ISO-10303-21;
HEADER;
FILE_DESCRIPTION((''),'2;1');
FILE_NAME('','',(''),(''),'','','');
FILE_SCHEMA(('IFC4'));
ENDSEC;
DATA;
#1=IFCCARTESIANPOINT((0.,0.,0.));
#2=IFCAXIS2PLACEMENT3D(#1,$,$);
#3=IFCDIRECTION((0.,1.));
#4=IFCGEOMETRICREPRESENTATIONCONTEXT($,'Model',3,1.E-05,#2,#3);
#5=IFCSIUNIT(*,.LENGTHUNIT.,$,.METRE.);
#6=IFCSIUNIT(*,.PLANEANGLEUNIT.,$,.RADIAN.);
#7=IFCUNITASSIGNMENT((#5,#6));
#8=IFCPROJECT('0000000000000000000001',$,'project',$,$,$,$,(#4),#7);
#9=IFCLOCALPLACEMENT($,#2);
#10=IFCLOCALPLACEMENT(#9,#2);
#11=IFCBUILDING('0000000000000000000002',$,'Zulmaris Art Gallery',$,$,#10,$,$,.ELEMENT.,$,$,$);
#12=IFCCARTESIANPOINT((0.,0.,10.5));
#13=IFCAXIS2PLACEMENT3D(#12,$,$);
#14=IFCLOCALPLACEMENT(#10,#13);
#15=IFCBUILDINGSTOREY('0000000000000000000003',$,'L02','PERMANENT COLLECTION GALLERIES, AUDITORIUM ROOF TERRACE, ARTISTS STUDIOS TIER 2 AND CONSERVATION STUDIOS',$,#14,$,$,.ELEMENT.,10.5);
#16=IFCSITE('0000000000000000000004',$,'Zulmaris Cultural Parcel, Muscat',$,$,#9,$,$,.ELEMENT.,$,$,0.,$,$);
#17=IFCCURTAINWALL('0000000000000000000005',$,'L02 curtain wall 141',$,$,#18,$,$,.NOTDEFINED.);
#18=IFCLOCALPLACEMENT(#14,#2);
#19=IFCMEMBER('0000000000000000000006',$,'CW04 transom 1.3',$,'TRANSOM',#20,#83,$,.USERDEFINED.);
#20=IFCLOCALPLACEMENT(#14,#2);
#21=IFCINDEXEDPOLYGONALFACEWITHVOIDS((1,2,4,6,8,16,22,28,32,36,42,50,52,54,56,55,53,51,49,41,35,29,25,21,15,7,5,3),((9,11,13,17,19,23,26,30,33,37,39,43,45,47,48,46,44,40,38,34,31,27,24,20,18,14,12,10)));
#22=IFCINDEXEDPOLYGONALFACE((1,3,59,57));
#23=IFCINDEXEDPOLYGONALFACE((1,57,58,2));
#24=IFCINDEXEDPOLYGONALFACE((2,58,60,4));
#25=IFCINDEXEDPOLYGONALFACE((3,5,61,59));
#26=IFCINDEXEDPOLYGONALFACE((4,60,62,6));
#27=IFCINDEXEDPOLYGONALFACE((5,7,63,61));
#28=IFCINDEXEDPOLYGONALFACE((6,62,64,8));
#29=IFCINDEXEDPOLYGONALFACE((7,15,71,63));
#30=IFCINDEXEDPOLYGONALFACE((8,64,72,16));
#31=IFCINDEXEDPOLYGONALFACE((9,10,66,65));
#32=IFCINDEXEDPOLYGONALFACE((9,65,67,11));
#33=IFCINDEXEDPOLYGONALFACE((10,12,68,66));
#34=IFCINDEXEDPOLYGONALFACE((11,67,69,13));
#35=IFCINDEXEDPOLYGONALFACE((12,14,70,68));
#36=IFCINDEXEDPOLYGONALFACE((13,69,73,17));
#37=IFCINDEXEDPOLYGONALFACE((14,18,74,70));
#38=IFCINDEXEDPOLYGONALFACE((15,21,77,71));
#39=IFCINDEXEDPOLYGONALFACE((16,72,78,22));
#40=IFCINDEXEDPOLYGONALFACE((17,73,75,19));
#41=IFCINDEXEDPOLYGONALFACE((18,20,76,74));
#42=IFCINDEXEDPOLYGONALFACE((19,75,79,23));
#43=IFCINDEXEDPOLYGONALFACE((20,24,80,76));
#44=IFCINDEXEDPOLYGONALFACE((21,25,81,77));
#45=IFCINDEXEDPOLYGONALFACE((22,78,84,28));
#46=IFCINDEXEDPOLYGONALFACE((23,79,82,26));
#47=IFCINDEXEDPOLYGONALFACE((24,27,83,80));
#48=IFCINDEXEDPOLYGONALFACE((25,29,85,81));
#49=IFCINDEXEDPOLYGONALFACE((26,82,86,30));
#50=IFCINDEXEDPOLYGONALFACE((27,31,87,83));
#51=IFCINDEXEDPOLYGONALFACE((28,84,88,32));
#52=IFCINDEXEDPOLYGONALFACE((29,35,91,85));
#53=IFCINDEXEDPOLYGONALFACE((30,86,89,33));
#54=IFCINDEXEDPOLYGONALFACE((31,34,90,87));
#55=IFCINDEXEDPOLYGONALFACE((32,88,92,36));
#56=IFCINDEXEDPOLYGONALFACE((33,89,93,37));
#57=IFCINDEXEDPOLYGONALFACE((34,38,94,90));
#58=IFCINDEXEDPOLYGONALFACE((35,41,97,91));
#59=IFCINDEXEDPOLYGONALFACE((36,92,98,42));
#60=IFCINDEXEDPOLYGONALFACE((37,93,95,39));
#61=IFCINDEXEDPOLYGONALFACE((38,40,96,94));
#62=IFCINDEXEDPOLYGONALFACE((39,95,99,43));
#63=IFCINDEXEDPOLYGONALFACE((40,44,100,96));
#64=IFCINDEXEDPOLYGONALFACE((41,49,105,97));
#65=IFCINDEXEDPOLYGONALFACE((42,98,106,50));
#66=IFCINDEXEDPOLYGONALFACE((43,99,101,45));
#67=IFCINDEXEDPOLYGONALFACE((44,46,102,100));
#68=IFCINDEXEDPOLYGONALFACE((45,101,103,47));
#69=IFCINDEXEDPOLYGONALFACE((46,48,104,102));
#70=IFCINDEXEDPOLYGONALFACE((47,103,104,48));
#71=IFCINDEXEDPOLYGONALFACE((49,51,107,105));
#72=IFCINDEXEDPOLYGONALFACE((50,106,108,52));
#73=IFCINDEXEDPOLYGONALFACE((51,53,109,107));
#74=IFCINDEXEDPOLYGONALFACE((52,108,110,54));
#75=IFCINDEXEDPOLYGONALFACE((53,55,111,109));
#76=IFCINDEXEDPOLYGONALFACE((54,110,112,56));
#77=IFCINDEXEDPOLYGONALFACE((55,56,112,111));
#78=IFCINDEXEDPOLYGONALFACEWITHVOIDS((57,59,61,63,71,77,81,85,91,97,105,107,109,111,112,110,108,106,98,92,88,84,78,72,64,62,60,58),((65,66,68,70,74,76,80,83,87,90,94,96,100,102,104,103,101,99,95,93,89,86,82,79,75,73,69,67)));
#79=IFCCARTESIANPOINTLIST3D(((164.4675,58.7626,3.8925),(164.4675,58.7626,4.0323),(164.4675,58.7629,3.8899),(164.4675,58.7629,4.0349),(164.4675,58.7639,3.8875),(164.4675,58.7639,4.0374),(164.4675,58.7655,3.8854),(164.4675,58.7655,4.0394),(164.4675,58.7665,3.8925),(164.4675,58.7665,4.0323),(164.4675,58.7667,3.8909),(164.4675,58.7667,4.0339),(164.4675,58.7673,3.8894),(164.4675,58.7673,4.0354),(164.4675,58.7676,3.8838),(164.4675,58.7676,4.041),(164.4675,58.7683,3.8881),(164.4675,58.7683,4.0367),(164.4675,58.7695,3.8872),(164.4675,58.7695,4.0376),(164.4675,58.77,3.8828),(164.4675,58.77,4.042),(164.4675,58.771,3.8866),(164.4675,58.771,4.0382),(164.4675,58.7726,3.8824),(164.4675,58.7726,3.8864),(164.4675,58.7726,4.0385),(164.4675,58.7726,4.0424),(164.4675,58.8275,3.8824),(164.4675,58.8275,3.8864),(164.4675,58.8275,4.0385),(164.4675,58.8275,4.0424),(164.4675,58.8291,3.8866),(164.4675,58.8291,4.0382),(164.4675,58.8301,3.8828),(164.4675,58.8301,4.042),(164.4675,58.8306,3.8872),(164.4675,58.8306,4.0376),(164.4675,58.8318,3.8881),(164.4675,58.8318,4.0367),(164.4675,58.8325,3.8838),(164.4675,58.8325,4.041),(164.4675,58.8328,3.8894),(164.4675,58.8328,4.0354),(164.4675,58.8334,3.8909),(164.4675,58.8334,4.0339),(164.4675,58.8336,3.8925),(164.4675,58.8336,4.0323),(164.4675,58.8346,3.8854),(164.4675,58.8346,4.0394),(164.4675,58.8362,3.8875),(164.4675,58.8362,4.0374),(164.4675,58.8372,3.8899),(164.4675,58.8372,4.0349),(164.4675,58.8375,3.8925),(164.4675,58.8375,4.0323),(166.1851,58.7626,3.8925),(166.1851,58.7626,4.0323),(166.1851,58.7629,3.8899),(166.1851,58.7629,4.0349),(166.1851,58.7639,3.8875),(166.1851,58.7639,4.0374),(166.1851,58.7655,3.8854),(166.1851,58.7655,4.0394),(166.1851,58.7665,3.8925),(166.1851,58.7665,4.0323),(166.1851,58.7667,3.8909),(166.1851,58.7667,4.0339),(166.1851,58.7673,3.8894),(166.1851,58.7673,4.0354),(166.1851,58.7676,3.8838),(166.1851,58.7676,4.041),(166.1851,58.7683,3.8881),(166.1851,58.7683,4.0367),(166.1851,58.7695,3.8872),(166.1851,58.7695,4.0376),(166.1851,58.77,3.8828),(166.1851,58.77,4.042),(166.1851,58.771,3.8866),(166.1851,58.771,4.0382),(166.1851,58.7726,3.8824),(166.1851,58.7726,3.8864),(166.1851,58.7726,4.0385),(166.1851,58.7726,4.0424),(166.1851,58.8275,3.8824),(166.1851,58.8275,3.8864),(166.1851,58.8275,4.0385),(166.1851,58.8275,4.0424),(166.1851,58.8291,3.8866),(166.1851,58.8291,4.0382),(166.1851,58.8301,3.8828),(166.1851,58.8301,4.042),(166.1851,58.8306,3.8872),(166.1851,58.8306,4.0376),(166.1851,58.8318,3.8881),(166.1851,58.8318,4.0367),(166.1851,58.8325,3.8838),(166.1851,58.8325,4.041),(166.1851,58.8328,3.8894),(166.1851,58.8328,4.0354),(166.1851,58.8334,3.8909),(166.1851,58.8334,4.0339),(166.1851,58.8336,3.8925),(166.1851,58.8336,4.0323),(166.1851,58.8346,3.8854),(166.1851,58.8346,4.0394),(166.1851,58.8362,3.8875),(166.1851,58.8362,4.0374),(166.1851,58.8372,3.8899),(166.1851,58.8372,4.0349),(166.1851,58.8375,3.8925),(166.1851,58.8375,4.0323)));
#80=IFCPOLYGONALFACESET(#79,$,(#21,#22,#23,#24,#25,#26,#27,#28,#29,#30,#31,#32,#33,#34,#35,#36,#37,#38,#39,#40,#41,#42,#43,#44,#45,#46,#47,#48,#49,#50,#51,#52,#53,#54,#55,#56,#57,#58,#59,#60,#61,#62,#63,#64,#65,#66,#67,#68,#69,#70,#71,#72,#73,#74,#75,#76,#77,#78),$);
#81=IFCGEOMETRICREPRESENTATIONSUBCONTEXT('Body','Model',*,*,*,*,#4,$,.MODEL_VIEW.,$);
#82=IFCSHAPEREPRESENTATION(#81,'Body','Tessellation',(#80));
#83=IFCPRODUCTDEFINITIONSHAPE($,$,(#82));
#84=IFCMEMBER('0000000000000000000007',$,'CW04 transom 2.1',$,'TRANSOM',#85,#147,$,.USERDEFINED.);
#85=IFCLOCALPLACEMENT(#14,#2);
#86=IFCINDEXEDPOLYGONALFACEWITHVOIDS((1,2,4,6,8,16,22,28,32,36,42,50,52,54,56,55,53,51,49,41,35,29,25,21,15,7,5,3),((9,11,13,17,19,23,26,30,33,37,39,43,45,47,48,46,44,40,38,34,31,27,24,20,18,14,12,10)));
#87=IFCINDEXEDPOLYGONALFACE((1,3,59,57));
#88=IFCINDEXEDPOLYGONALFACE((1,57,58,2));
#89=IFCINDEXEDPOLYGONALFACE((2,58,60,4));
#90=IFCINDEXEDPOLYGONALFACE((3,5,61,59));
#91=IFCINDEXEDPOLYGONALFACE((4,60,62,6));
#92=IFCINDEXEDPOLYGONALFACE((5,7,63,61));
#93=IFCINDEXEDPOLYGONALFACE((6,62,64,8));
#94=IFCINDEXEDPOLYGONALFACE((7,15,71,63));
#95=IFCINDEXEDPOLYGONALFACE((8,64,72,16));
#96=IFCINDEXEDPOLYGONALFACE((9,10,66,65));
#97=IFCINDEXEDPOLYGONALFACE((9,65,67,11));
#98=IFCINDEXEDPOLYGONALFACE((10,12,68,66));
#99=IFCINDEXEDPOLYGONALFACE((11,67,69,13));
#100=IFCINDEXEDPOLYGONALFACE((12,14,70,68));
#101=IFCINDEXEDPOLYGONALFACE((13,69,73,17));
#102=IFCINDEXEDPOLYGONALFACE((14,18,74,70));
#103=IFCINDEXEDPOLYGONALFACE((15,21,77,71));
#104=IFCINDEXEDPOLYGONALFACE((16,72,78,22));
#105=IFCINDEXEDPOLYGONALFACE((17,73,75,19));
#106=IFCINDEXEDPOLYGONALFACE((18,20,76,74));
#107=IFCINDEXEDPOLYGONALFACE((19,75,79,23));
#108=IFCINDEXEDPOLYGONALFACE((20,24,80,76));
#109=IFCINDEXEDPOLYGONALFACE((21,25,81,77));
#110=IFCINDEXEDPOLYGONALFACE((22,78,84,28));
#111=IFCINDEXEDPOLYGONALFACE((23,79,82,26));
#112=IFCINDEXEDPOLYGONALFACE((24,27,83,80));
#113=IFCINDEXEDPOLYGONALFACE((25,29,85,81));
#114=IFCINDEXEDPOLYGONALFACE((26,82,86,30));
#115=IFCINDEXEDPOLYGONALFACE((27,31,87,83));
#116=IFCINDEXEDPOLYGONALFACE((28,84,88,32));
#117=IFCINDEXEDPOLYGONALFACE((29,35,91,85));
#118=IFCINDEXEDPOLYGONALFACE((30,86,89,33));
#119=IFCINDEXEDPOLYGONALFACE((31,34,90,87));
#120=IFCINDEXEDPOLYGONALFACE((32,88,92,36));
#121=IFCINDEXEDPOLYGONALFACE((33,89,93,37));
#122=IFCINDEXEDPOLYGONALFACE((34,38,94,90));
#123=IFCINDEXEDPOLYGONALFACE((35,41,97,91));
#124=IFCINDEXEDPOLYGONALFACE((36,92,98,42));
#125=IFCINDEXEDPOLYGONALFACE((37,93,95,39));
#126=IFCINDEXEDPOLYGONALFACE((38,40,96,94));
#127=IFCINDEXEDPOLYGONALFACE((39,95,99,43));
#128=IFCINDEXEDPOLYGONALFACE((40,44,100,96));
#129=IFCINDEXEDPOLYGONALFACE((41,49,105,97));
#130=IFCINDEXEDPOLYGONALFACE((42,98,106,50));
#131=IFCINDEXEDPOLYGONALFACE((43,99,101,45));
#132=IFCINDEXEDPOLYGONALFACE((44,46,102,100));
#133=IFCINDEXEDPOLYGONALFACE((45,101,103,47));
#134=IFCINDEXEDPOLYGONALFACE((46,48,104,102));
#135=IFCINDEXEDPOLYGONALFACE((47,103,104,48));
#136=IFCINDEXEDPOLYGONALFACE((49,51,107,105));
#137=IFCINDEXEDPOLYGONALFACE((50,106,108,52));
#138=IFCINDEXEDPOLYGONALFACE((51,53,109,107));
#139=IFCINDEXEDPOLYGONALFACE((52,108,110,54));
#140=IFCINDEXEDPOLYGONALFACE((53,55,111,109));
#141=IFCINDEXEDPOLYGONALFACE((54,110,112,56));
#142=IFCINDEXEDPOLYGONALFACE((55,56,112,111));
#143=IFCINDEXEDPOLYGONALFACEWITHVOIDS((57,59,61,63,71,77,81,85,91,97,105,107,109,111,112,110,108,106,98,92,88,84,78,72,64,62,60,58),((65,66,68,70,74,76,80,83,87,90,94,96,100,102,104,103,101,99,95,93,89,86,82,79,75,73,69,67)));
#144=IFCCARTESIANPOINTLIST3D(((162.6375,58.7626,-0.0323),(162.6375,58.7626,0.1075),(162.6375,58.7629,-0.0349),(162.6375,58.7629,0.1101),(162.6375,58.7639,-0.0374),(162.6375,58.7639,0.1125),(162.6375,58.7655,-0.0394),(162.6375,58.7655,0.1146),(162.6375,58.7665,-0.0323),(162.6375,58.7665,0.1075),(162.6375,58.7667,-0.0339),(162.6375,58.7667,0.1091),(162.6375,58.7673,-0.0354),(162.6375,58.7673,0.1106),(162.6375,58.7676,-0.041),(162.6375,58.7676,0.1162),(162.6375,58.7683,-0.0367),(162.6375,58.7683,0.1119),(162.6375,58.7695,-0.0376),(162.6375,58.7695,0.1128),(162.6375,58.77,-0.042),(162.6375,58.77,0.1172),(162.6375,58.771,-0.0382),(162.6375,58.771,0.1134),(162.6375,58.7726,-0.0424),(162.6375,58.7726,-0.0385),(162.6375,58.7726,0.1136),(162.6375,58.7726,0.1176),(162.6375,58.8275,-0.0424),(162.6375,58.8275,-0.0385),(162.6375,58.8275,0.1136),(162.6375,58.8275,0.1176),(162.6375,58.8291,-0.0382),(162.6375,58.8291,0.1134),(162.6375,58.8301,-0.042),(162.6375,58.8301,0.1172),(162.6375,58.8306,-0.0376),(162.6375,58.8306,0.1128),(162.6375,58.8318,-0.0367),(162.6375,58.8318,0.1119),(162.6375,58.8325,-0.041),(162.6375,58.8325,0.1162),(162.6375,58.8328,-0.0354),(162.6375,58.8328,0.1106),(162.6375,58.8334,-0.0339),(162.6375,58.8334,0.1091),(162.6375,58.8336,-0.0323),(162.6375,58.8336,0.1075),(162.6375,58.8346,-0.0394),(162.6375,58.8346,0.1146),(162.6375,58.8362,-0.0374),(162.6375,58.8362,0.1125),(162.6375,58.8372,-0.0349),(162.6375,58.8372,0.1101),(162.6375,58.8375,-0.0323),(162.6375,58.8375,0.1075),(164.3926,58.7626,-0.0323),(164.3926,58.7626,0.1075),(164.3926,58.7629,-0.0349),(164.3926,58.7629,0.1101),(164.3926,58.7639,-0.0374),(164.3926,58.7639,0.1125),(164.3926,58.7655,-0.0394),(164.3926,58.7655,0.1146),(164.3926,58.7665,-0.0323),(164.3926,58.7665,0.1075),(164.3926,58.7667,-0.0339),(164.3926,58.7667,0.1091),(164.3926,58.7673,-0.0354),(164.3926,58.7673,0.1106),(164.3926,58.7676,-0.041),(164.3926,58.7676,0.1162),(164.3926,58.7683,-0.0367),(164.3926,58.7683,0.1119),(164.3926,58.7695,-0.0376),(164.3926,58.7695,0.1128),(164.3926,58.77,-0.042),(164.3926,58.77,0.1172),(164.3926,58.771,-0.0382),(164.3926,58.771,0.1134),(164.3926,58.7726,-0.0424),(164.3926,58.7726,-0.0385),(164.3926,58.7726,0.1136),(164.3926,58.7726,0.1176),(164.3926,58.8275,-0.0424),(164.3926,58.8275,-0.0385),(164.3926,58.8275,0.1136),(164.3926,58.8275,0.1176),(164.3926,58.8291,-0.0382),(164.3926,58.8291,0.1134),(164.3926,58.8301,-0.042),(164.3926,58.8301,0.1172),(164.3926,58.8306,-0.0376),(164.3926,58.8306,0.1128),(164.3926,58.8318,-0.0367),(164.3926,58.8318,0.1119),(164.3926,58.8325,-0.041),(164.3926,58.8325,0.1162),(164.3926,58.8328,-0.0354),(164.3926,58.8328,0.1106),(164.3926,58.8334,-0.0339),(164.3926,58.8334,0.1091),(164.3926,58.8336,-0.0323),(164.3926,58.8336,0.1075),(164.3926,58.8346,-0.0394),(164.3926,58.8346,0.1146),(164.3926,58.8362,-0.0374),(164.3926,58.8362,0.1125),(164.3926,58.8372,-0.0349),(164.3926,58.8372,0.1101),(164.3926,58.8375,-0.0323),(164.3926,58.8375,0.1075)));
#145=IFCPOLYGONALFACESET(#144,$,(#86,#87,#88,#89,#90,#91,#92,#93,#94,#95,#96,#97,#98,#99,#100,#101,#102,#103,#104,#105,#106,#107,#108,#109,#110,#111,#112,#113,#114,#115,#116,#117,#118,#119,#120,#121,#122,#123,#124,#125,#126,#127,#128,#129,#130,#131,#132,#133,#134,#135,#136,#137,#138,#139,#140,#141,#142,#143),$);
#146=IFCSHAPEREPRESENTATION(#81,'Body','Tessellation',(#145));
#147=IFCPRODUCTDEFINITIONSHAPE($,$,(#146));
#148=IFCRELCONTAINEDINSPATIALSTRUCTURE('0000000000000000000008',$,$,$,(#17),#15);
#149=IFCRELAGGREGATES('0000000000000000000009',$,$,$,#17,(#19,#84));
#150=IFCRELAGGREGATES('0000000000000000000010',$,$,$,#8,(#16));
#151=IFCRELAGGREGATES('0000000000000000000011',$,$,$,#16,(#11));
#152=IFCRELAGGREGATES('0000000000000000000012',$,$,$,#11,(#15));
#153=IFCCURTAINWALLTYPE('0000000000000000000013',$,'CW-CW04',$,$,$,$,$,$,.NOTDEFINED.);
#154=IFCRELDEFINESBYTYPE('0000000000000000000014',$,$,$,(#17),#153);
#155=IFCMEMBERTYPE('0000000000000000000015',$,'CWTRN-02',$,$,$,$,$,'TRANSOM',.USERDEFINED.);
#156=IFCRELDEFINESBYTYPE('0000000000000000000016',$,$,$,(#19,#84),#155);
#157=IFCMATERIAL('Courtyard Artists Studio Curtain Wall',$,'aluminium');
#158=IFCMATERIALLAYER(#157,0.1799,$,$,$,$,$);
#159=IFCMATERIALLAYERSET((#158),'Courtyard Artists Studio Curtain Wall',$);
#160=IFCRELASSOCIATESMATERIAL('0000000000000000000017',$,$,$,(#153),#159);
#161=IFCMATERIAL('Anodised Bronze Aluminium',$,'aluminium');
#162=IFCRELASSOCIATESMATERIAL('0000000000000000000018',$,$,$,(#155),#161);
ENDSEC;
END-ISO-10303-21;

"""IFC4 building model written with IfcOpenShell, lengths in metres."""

from ifc_helpers import new_model, si_unit, direction, frame, origin, origin_2d, place, context, subcontext, project, spatial, hollow_rectangle, extrude, material, layer, layer_set, material_profile, profile_set, type_object, element, aggregate, save


model = new_model("IFC4")

# Units and contexts
model_context = context("Model", 3, precision=1e-05, world=origin(), true_north=direction((0.0, 1.0)))
body_context = subcontext(model_context, "Body", "Model", "MODEL_VIEW")
ifc_project = project(units=[si_unit("LENGTHUNIT", "METRE"), si_unit("PLANEANGLEUNIT", "RADIAN")], contexts=[model_context])

# Site, building, storey
site_placement = place(None, origin())
site = spatial("IfcSite", under=ifc_project, at=site_placement, Name="Zulmaris Cultural Parcel, Muscat", CompositionType="ELEMENT", RefElevation=0.0)
building_placement = place(site_placement, origin())
building = spatial("IfcBuilding", under=site, at=building_placement, Name="Zulmaris Art Gallery", CompositionType="ELEMENT")
storey_placement = place(building_placement, frame((0.0, 0.0, 10.5)))
storey = spatial("IfcBuildingStorey", under=building, at=storey_placement, Name="L02", Description="PERMANENT COLLECTION GALLERIES, AUDITORIUM ROOF TERRACE, ARTISTS STUDIOS TIER 2 AND CONSERVATION STUDIOS", CompositionType="ELEMENT", Elevation=10.5)

# Shared definitions
ifc_material_1 = material(Name="Courtyard Artists Studio Curtain Wall", Category="aluminium")
ifc_layer_1 = layer(ifc_material_1, 0.1799)
ifc_layer_set_1 = layer_set([ifc_layer_1], Name="Courtyard Artists Studio Curtain Wall")
curtain_wall_type = type_object("IfcCurtainWallType", Name="CW-CW04", PredefinedType="NOTDEFINED", material=ifc_layer_set_1)
ifc_material_2 = material(Name="Anodised Bronze Aluminium", Category="aluminium")

# Curtain wall
curtain_wall_1_placement = place(storey_placement, origin())
curtain_wall_1 = element("IfcCurtainWall", 1, at=curtain_wall_1_placement, inside=storey, type_object=curtain_wall_type, Name="L02 curtain wall 141", PredefinedType="NOTDEFINED")

# Members
ifc_material_profile_1 = material_profile(ifc_material_2, hollow_rectangle(XDim=0.075, YDim=0.1599, WallThickness=0.0039, InnerFilletRadius=0.0061, OuterFilletRadius=0.01, at=origin_2d()), Name="ALU 75x160x4")
ifc_profile_set_1 = profile_set([ifc_material_profile_1], Name="Anodised Bronze Aluminium")
member_type_1 = type_object("IfcMemberType", Name="CWTRN-02", ElementType="TRANSOM", PredefinedType="USERDEFINED", material=ifc_profile_set_1)
member_1_placement = place(storey_placement, frame((166.1851, 58.8, 3.9624), z_axis=(-1.0, 0.0, 0.0), x_axis=(0.0, -1.0, 0.0)))
member_1 = element("IfcMember", 2, at=member_1_placement, type_object=member_type_1, Name="CW04 transom 1.3", ObjectType="TRANSOM", PredefinedType="USERDEFINED", context=body_context, shape_type="SweptSolid", body=[
    extrude(hollow_rectangle(XDim=0.075, YDim=0.1599, WallThickness=0.0039, InnerFilletRadius=0.0061, OuterFilletRadius=0.01, at=origin_2d()), origin(), (0.0, 0.0, 1.0), 1.7175),
])
member_2_placement = place(storey_placement, frame((164.3926, 58.8, 0.0376), z_axis=(-1.0, 0.0, 0.0), x_axis=(0.0, -1.0, 0.0)))
member_2 = element("IfcMember", 3, at=member_2_placement, type_object=member_type_1, Name="CW04 transom 2.1", ObjectType="TRANSOM", PredefinedType="USERDEFINED", context=body_context, shape_type="SweptSolid", body=[
    extrude(hollow_rectangle(XDim=0.075, YDim=0.1599, WallThickness=0.0039, InnerFilletRadius=0.0061, OuterFilletRadius=0.01, at=origin_2d()), origin(), (0.0, 0.0, 1.0), 1.7551),
])

aggregate(curtain_wall_1, [member_1, member_2])

save(model, "model.ifc")
